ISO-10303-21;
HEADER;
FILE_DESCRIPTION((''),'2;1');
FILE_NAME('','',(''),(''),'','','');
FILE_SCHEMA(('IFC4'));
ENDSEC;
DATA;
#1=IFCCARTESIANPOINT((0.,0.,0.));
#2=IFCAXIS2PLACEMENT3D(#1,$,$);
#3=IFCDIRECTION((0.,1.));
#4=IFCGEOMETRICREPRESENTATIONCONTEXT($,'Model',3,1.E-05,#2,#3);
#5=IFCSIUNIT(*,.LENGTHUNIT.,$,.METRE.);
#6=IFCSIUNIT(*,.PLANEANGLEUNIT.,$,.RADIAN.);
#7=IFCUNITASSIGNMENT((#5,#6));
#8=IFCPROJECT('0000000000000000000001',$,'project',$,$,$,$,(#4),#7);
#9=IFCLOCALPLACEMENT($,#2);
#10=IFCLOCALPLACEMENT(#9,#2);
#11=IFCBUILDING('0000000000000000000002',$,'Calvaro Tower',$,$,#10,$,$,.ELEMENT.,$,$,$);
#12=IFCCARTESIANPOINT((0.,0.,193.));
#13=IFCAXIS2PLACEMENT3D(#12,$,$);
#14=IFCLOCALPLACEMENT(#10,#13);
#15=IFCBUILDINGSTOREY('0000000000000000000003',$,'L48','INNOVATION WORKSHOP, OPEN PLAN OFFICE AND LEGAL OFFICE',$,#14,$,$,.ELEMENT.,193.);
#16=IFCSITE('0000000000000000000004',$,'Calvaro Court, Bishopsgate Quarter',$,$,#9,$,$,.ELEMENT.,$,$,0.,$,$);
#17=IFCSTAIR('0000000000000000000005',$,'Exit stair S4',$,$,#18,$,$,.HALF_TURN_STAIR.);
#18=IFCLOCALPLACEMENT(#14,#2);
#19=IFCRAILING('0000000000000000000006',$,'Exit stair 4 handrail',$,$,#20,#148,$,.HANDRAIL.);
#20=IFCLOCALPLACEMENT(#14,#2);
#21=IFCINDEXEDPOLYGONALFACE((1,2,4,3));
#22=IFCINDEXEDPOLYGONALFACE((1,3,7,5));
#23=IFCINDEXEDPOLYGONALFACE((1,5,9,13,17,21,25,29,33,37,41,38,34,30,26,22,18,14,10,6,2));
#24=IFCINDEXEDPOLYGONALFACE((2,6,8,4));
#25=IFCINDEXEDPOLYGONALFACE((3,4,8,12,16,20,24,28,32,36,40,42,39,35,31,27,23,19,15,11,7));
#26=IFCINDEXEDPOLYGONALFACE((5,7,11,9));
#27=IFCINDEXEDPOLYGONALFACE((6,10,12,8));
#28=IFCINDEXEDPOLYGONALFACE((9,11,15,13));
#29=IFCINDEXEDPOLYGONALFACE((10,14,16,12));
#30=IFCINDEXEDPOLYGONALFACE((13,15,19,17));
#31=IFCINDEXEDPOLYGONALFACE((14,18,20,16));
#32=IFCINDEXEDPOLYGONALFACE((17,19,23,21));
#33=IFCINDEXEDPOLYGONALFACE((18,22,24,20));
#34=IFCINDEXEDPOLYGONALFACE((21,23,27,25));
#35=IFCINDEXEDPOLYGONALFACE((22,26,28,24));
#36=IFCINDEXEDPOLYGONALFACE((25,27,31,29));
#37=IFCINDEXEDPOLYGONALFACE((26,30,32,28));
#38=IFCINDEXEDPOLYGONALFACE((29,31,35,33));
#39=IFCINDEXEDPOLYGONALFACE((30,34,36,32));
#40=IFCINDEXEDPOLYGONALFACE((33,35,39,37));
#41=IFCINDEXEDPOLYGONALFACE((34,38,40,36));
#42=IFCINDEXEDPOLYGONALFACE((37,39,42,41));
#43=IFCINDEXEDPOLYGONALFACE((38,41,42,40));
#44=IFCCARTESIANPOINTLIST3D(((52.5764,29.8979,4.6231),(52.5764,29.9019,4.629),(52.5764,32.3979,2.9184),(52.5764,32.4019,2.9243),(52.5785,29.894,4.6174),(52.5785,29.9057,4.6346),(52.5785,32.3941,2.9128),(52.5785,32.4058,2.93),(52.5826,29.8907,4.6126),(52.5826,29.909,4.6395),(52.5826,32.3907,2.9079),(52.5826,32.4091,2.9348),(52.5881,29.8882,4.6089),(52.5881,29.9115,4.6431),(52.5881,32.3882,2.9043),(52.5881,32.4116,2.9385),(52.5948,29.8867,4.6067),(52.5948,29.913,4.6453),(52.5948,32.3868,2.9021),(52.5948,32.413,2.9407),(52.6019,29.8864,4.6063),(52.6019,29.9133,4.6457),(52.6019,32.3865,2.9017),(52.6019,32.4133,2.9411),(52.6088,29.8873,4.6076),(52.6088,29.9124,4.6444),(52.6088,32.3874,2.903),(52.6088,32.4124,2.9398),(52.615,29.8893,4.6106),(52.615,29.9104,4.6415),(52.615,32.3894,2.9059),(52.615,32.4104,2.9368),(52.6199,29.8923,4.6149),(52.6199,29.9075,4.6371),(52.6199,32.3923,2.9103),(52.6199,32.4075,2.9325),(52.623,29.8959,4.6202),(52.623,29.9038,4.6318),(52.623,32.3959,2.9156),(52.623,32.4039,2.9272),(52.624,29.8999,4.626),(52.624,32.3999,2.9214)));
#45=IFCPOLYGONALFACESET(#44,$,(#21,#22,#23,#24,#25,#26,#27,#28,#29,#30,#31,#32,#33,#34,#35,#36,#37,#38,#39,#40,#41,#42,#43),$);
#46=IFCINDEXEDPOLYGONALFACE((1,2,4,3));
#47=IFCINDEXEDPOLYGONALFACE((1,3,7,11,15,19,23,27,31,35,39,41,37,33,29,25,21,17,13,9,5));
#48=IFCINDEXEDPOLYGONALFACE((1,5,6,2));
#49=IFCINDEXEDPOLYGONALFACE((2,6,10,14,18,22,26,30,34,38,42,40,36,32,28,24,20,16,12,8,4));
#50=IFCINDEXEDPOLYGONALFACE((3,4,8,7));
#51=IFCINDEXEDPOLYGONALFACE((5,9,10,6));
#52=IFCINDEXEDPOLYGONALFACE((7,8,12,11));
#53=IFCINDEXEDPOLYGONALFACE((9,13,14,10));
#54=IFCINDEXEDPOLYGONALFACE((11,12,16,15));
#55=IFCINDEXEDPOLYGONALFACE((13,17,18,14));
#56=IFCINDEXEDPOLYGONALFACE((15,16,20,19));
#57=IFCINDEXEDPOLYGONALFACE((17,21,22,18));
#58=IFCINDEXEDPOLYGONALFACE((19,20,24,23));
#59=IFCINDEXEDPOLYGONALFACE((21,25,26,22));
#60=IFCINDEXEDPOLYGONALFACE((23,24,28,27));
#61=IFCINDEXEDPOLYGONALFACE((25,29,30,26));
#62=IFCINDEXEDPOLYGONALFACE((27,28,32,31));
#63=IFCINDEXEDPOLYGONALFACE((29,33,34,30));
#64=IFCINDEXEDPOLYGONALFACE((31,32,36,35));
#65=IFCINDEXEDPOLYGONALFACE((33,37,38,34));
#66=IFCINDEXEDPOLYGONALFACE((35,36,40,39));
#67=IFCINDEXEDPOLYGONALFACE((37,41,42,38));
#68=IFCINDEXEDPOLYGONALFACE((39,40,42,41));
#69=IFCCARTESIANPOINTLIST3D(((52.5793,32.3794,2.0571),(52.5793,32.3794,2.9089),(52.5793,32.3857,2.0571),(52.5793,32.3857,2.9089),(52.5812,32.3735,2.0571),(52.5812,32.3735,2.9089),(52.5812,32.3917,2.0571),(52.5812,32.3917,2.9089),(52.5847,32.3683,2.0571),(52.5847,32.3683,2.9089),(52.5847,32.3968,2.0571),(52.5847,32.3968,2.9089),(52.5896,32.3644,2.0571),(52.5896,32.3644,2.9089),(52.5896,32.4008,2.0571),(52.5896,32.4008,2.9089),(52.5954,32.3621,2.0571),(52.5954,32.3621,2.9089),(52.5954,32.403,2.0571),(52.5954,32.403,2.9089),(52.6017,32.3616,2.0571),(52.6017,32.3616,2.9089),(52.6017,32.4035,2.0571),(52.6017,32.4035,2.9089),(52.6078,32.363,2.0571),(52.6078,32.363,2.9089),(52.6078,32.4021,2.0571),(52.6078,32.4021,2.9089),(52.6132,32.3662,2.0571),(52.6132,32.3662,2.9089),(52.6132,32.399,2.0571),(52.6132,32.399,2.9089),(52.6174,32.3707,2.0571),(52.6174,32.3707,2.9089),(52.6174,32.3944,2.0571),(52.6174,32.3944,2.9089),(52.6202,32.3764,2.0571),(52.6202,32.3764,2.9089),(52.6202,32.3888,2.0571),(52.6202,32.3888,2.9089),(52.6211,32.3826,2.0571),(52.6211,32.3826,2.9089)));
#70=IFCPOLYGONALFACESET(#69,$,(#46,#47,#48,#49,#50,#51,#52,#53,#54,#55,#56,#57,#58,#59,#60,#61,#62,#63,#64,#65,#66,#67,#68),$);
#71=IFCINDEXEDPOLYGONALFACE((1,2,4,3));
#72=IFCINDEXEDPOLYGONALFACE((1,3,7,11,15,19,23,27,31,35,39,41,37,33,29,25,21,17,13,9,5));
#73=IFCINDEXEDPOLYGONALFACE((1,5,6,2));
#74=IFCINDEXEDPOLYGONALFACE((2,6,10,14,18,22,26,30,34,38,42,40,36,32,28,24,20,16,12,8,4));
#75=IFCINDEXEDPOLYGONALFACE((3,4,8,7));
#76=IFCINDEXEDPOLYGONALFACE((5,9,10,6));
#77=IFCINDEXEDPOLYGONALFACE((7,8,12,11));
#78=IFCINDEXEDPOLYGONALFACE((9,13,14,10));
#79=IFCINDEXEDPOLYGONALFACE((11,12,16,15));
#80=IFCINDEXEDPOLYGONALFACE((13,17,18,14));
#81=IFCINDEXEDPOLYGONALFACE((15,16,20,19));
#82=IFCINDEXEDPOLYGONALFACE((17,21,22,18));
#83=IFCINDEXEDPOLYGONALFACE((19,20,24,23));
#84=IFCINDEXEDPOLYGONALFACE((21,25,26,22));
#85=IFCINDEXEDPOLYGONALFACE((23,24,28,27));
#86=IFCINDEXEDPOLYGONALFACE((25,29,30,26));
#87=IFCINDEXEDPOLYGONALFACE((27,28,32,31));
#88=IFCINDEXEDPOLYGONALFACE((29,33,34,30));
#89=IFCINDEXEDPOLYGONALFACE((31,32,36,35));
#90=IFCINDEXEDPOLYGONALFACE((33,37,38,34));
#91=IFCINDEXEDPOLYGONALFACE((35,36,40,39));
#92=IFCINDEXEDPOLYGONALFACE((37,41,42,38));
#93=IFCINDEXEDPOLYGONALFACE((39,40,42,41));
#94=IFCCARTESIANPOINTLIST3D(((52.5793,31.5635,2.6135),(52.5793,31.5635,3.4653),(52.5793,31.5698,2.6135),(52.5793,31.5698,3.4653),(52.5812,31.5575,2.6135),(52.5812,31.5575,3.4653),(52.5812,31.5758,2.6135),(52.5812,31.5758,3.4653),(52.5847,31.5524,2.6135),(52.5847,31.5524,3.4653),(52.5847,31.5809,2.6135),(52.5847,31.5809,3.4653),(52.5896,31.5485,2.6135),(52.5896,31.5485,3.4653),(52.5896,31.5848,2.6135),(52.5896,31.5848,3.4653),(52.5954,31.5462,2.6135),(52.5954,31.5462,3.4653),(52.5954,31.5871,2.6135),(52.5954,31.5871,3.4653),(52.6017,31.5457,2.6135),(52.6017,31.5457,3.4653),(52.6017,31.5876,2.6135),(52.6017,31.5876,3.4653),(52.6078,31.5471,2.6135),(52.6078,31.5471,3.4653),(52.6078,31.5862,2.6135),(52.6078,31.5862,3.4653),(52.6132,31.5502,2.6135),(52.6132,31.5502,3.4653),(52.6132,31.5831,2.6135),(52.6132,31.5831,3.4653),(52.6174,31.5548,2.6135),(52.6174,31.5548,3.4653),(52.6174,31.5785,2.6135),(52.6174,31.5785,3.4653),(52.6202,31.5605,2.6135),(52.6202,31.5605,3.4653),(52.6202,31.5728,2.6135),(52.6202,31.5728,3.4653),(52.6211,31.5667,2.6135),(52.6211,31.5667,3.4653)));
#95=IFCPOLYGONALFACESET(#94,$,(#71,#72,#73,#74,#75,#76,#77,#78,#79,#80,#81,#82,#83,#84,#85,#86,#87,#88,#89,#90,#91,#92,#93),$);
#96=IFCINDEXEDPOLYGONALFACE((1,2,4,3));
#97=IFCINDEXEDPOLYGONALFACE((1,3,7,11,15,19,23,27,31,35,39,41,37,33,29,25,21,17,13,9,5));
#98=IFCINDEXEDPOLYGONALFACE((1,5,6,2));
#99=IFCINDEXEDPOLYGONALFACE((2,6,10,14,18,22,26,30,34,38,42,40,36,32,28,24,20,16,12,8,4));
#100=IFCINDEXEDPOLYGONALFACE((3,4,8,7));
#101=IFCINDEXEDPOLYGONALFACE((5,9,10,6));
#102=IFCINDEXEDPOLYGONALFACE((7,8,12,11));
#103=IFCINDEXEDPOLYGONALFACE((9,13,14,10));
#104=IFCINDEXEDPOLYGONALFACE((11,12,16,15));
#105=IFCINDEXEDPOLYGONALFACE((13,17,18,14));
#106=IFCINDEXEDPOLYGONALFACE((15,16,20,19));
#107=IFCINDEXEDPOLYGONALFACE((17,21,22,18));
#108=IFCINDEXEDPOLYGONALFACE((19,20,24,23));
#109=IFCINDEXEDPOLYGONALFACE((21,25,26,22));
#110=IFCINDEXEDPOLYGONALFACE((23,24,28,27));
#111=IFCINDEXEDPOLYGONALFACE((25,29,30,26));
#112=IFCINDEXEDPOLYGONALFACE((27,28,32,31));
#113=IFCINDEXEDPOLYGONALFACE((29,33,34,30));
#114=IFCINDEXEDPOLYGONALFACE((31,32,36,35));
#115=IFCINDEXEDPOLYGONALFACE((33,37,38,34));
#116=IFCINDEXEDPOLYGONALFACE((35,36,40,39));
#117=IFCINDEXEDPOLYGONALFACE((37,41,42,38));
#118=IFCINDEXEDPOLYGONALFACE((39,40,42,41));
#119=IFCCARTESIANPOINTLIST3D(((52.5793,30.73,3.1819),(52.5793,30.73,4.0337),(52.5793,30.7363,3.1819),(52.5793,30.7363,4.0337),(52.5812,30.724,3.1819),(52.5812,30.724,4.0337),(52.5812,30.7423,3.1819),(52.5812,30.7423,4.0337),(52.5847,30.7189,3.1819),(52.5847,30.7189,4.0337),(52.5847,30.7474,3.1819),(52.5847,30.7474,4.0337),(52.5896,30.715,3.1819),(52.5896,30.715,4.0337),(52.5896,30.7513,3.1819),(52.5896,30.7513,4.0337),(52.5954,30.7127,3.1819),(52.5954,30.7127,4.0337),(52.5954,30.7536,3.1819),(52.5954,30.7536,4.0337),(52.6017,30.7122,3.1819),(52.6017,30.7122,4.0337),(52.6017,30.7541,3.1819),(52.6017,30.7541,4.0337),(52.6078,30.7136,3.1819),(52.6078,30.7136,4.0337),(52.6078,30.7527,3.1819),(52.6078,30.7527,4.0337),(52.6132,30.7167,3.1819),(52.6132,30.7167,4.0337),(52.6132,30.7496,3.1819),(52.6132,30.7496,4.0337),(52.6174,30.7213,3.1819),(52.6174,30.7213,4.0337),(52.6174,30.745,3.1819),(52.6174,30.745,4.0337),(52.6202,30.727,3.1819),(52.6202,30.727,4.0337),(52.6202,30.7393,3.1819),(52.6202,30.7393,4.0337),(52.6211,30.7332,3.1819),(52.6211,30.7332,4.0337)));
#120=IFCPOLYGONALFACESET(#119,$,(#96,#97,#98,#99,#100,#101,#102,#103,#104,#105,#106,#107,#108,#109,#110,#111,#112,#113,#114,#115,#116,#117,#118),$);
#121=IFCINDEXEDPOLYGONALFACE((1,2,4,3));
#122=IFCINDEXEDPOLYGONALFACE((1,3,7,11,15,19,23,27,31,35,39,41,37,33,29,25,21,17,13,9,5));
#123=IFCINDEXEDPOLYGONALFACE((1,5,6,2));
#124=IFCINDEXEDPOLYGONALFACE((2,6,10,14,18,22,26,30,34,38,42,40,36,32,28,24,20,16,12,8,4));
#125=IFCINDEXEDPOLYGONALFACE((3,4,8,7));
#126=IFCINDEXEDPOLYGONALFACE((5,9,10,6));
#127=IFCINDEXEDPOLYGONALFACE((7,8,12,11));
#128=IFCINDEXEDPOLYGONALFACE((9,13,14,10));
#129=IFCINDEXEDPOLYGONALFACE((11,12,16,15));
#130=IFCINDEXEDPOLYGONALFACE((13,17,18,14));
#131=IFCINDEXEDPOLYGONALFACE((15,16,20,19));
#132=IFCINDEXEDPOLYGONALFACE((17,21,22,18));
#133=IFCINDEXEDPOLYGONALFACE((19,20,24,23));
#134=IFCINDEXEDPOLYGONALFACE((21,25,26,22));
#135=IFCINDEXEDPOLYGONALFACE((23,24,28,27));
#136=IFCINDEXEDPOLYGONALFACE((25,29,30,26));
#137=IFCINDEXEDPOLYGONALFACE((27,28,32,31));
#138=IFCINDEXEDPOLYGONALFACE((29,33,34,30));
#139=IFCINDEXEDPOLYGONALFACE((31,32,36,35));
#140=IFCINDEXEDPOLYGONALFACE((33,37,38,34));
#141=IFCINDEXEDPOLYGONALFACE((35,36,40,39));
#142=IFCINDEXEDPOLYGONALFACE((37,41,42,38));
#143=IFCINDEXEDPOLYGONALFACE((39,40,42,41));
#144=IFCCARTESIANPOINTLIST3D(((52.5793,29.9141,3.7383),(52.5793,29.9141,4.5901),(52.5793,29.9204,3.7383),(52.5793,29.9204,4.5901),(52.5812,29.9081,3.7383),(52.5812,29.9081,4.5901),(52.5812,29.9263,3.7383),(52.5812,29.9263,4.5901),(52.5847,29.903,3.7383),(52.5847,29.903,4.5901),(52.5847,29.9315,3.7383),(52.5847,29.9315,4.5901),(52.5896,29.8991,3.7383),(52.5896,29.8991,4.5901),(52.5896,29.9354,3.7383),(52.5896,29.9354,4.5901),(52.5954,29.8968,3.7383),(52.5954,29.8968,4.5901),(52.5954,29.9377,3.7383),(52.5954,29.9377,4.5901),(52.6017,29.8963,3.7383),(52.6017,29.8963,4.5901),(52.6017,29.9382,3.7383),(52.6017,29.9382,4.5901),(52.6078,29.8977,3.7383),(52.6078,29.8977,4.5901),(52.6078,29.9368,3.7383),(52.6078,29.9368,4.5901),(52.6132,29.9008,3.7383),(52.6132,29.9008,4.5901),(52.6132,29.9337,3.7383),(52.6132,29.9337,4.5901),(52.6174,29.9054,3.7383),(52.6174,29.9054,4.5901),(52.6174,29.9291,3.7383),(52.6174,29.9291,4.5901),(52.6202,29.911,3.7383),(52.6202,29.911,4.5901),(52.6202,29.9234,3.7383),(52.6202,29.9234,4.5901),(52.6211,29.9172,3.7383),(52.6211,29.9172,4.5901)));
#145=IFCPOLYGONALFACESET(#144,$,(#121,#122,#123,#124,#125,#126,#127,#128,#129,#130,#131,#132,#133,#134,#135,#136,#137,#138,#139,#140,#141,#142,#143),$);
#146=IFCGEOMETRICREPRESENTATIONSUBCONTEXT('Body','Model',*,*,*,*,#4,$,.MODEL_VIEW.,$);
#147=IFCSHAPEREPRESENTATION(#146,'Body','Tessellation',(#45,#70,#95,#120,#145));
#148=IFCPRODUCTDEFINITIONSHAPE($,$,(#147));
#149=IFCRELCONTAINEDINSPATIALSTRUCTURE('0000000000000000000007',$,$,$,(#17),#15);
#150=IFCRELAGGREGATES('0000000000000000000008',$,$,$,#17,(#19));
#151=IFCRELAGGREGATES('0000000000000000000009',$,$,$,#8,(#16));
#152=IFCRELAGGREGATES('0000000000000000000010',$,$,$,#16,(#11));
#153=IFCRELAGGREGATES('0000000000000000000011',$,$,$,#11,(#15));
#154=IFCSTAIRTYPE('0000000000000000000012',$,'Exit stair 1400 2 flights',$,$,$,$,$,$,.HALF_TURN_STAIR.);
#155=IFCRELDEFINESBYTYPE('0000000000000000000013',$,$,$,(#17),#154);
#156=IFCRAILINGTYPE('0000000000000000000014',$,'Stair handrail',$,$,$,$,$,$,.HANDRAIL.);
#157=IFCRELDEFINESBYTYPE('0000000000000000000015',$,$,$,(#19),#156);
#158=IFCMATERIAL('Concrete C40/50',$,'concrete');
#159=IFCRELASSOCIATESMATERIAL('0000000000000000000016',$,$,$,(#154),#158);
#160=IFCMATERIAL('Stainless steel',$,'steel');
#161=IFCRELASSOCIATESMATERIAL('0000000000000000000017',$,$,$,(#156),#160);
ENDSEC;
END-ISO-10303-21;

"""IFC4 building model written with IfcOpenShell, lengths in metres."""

from ifc_helpers import new_model, si_unit, direction, frame, origin, origin_2d, place, context, subcontext, project, spatial, circle, extrude, material, type_object, element, aggregate, save


model = new_model("IFC4")

# Units and contexts
model_context = context("Model", 3, precision=1e-05, world=origin(), true_north=direction((0.0, 1.0)))
body_context = subcontext(model_context, "Body", "Model", "MODEL_VIEW")
ifc_project = project(units=[si_unit("LENGTHUNIT", "METRE"), si_unit("PLANEANGLEUNIT", "RADIAN")], contexts=[model_context])

# Site, building, storey
site_placement = place(None, origin())
site = spatial("IfcSite", under=ifc_project, at=site_placement, Name="Calvaro Court, Bishopsgate Quarter", CompositionType="ELEMENT", RefElevation=0.0)
building_placement = place(site_placement, origin())
building = spatial("IfcBuilding", under=site, at=building_placement, Name="Calvaro Tower", CompositionType="ELEMENT")
storey_placement = place(building_placement, frame((0.0, 0.0, 193.0)))
storey = spatial("IfcBuildingStorey", under=building, at=storey_placement, Name="L48", Description="INNOVATION WORKSHOP, OPEN PLAN OFFICE AND LEGAL OFFICE", CompositionType="ELEMENT", Elevation=193.0)

# Stair
ifc_material_1 = material(Name="Concrete C40/50", Category="concrete")
stair_type = type_object("IfcStairType", Name="Exit stair 1400 2 flights", PredefinedType="HALF_TURN_STAIR", material=ifc_material_1)
stair_1_placement = place(storey_placement, origin())
stair_1 = element("IfcStair", 1, at=stair_1_placement, inside=storey, type_object=stair_type, Name="Exit stair S4", PredefinedType="HALF_TURN_STAIR")

# Railing
ifc_material_2 = material(Name="Stainless steel", Category="steel")
railing_type = type_object("IfcRailingType", Name="Stair handrail", PredefinedType="HANDRAIL", material=ifc_material_2)
railing_1_placement = place(storey_placement, frame((52.6001, 32.3999, 2.0454)))
railing_1 = element("IfcRailing", 2, at=railing_1_placement, type_object=railing_type, Name="Exit stair 4 handrail", PredefinedType="HANDRAIL", context=body_context, shape_type="SweptSolid", body=[
    extrude(circle(Radius=0.0239, at=origin_2d()), frame((0.0, 0.0, 0.876), z_axis=(0.0, -0.826221, 0.563347), x_axis=(1.0, 0.0, 0.0)), (0.0, 0.0, 1.0), 3.0259),
    extrude(circle(Radius=0.021, at=origin_2d()), frame((0.0, -0.0173, 0.0117)), (0.0, 0.0, 1.0), 0.8518),
    extrude(circle(Radius=0.021, at=origin_2d()), frame((0.0, -0.8333, 0.5681)), (0.0, 0.0, 1.0), 0.8518),
    extrude(circle(Radius=0.021, at=origin_2d()), frame((0.0, -1.6667, 1.1365)), (0.0, 0.0, 1.0), 0.8518),
    extrude(circle(Radius=0.021, at=origin_2d()), frame((0.0, -2.4827, 1.6929)), (0.0, 0.0, 1.0), 0.8518),
])
aggregate(stair_1, [railing_1])

save(model, "model.ifc")
